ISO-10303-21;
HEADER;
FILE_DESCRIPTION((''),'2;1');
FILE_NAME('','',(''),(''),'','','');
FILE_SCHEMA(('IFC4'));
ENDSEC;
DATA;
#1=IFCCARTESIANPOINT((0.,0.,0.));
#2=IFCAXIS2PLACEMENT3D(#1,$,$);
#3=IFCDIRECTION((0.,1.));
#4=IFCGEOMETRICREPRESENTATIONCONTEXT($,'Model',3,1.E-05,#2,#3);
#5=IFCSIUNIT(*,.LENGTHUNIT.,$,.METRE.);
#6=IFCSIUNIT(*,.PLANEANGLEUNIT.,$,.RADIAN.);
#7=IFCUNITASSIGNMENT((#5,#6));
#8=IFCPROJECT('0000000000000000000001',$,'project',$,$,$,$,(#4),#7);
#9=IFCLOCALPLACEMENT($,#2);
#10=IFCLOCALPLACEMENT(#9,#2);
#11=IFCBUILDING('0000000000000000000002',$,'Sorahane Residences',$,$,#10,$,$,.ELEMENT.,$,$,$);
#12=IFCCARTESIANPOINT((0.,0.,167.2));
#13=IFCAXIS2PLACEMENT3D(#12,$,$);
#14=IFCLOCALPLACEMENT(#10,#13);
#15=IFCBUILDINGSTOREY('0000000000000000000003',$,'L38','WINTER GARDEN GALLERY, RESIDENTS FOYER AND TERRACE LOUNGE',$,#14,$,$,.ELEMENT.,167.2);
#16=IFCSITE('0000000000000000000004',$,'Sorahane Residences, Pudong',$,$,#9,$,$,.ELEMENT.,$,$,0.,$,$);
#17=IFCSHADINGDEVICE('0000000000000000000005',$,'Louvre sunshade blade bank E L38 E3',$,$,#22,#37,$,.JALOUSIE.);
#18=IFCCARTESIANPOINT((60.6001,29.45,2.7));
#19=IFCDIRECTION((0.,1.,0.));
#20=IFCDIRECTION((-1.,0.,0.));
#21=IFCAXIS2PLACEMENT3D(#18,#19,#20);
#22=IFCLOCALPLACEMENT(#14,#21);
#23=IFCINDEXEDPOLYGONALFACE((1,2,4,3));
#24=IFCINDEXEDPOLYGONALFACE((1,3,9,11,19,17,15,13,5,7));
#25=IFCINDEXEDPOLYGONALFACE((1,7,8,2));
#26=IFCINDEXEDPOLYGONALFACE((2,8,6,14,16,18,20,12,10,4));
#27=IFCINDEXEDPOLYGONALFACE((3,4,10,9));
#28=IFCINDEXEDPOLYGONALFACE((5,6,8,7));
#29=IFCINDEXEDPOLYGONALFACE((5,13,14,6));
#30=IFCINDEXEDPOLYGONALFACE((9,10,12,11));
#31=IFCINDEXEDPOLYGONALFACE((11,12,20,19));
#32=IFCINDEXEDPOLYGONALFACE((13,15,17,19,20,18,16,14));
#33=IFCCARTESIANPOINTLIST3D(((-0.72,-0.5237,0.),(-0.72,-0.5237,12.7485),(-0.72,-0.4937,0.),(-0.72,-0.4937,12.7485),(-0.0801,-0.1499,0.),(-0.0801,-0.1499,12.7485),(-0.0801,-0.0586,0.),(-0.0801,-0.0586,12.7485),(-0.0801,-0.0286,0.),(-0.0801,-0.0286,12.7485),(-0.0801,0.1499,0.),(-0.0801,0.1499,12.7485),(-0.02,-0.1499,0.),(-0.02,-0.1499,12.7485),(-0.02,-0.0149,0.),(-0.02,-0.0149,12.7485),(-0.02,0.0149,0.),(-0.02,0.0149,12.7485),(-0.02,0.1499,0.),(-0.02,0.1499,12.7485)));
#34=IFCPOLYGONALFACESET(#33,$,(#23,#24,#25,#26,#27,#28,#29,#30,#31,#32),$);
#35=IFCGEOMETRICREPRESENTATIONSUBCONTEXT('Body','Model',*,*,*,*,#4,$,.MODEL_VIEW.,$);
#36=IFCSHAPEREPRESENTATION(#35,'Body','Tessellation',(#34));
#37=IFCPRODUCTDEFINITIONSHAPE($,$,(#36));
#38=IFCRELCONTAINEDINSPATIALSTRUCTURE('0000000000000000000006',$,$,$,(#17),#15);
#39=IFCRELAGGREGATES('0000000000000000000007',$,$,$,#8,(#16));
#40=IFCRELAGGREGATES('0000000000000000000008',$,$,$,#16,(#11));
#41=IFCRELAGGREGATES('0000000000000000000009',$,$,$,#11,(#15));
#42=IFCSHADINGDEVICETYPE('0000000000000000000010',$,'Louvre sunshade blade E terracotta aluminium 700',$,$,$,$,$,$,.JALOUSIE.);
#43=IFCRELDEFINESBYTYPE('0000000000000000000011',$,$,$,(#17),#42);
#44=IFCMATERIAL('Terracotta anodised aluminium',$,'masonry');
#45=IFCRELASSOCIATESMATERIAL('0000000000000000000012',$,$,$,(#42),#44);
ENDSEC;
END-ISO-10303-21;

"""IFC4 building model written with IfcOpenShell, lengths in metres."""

from ifc_helpers import new_model, si_unit, direction, frame, origin, place, context, subcontext, project, spatial, polyline, outline, extrude, material, type_object, element, save


model = new_model("IFC4")

# Units and contexts
model_context = context("Model", 3, precision=1e-05, world=origin(), true_north=direction((0.0, 1.0)))
body_context = subcontext(model_context, "Body", "Model", "MODEL_VIEW")
ifc_project = project(units=[si_unit("LENGTHUNIT", "METRE"), si_unit("PLANEANGLEUNIT", "RADIAN")], contexts=[model_context])

# Site, building, storey
site_placement = place(None, origin())
site = spatial("IfcSite", under=ifc_project, at=site_placement, Name="Sorahane Residences, Pudong", CompositionType="ELEMENT", RefElevation=0.0)
building_placement = place(site_placement, origin())
building = spatial("IfcBuilding", under=site, at=building_placement, Name="Sorahane Residences", CompositionType="ELEMENT")
storey_placement = place(building_placement, frame((0.0, 0.0, 167.2)))
storey = spatial("IfcBuildingStorey", under=building, at=storey_placement, Name="L38", Description="WINTER GARDEN GALLERY, RESIDENTS FOYER AND TERRACE LOUNGE", CompositionType="ELEMENT", Elevation=167.2)

# Shading device
ifc_material_1 = material(Name="Terracotta anodised aluminium", Category="masonry")
shading_device_type = type_object("IfcShadingDeviceType", Name="Louvre sunshade blade E terracotta aluminium 700", PredefinedType="JALOUSIE", material=ifc_material_1)
shading_device_placement = place(storey_placement, frame((60.6001, 29.45, 2.7), z_axis=(0.0, 1.0, 0.0), x_axis=(-1.0, 0.0, 0.0)))
element("IfcShadingDevice", 1, at=shading_device_placement, inside=storey, type_object=shading_device_type, Name="Louvre sunshade blade bank E L38 E3", PredefinedType="JALOUSIE", context=body_context, shape_type="SweptSolid", body=[
    extrude(outline(polyline([(-0.72, -0.4937), (-0.72, -0.5237), (-0.0801, -0.0586), (-0.0801, -0.1499), (-0.02, -0.1499), (-0.02, -0.0149), (-0.02, 0.0149), (-0.02, 0.1499), (-0.0801, 0.1499), (-0.0801, -0.0286), (-0.72, -0.4937)])), origin(), (0.0, 0.0, 1.0), 12.7485),
])

save(model, "model.ifc")
